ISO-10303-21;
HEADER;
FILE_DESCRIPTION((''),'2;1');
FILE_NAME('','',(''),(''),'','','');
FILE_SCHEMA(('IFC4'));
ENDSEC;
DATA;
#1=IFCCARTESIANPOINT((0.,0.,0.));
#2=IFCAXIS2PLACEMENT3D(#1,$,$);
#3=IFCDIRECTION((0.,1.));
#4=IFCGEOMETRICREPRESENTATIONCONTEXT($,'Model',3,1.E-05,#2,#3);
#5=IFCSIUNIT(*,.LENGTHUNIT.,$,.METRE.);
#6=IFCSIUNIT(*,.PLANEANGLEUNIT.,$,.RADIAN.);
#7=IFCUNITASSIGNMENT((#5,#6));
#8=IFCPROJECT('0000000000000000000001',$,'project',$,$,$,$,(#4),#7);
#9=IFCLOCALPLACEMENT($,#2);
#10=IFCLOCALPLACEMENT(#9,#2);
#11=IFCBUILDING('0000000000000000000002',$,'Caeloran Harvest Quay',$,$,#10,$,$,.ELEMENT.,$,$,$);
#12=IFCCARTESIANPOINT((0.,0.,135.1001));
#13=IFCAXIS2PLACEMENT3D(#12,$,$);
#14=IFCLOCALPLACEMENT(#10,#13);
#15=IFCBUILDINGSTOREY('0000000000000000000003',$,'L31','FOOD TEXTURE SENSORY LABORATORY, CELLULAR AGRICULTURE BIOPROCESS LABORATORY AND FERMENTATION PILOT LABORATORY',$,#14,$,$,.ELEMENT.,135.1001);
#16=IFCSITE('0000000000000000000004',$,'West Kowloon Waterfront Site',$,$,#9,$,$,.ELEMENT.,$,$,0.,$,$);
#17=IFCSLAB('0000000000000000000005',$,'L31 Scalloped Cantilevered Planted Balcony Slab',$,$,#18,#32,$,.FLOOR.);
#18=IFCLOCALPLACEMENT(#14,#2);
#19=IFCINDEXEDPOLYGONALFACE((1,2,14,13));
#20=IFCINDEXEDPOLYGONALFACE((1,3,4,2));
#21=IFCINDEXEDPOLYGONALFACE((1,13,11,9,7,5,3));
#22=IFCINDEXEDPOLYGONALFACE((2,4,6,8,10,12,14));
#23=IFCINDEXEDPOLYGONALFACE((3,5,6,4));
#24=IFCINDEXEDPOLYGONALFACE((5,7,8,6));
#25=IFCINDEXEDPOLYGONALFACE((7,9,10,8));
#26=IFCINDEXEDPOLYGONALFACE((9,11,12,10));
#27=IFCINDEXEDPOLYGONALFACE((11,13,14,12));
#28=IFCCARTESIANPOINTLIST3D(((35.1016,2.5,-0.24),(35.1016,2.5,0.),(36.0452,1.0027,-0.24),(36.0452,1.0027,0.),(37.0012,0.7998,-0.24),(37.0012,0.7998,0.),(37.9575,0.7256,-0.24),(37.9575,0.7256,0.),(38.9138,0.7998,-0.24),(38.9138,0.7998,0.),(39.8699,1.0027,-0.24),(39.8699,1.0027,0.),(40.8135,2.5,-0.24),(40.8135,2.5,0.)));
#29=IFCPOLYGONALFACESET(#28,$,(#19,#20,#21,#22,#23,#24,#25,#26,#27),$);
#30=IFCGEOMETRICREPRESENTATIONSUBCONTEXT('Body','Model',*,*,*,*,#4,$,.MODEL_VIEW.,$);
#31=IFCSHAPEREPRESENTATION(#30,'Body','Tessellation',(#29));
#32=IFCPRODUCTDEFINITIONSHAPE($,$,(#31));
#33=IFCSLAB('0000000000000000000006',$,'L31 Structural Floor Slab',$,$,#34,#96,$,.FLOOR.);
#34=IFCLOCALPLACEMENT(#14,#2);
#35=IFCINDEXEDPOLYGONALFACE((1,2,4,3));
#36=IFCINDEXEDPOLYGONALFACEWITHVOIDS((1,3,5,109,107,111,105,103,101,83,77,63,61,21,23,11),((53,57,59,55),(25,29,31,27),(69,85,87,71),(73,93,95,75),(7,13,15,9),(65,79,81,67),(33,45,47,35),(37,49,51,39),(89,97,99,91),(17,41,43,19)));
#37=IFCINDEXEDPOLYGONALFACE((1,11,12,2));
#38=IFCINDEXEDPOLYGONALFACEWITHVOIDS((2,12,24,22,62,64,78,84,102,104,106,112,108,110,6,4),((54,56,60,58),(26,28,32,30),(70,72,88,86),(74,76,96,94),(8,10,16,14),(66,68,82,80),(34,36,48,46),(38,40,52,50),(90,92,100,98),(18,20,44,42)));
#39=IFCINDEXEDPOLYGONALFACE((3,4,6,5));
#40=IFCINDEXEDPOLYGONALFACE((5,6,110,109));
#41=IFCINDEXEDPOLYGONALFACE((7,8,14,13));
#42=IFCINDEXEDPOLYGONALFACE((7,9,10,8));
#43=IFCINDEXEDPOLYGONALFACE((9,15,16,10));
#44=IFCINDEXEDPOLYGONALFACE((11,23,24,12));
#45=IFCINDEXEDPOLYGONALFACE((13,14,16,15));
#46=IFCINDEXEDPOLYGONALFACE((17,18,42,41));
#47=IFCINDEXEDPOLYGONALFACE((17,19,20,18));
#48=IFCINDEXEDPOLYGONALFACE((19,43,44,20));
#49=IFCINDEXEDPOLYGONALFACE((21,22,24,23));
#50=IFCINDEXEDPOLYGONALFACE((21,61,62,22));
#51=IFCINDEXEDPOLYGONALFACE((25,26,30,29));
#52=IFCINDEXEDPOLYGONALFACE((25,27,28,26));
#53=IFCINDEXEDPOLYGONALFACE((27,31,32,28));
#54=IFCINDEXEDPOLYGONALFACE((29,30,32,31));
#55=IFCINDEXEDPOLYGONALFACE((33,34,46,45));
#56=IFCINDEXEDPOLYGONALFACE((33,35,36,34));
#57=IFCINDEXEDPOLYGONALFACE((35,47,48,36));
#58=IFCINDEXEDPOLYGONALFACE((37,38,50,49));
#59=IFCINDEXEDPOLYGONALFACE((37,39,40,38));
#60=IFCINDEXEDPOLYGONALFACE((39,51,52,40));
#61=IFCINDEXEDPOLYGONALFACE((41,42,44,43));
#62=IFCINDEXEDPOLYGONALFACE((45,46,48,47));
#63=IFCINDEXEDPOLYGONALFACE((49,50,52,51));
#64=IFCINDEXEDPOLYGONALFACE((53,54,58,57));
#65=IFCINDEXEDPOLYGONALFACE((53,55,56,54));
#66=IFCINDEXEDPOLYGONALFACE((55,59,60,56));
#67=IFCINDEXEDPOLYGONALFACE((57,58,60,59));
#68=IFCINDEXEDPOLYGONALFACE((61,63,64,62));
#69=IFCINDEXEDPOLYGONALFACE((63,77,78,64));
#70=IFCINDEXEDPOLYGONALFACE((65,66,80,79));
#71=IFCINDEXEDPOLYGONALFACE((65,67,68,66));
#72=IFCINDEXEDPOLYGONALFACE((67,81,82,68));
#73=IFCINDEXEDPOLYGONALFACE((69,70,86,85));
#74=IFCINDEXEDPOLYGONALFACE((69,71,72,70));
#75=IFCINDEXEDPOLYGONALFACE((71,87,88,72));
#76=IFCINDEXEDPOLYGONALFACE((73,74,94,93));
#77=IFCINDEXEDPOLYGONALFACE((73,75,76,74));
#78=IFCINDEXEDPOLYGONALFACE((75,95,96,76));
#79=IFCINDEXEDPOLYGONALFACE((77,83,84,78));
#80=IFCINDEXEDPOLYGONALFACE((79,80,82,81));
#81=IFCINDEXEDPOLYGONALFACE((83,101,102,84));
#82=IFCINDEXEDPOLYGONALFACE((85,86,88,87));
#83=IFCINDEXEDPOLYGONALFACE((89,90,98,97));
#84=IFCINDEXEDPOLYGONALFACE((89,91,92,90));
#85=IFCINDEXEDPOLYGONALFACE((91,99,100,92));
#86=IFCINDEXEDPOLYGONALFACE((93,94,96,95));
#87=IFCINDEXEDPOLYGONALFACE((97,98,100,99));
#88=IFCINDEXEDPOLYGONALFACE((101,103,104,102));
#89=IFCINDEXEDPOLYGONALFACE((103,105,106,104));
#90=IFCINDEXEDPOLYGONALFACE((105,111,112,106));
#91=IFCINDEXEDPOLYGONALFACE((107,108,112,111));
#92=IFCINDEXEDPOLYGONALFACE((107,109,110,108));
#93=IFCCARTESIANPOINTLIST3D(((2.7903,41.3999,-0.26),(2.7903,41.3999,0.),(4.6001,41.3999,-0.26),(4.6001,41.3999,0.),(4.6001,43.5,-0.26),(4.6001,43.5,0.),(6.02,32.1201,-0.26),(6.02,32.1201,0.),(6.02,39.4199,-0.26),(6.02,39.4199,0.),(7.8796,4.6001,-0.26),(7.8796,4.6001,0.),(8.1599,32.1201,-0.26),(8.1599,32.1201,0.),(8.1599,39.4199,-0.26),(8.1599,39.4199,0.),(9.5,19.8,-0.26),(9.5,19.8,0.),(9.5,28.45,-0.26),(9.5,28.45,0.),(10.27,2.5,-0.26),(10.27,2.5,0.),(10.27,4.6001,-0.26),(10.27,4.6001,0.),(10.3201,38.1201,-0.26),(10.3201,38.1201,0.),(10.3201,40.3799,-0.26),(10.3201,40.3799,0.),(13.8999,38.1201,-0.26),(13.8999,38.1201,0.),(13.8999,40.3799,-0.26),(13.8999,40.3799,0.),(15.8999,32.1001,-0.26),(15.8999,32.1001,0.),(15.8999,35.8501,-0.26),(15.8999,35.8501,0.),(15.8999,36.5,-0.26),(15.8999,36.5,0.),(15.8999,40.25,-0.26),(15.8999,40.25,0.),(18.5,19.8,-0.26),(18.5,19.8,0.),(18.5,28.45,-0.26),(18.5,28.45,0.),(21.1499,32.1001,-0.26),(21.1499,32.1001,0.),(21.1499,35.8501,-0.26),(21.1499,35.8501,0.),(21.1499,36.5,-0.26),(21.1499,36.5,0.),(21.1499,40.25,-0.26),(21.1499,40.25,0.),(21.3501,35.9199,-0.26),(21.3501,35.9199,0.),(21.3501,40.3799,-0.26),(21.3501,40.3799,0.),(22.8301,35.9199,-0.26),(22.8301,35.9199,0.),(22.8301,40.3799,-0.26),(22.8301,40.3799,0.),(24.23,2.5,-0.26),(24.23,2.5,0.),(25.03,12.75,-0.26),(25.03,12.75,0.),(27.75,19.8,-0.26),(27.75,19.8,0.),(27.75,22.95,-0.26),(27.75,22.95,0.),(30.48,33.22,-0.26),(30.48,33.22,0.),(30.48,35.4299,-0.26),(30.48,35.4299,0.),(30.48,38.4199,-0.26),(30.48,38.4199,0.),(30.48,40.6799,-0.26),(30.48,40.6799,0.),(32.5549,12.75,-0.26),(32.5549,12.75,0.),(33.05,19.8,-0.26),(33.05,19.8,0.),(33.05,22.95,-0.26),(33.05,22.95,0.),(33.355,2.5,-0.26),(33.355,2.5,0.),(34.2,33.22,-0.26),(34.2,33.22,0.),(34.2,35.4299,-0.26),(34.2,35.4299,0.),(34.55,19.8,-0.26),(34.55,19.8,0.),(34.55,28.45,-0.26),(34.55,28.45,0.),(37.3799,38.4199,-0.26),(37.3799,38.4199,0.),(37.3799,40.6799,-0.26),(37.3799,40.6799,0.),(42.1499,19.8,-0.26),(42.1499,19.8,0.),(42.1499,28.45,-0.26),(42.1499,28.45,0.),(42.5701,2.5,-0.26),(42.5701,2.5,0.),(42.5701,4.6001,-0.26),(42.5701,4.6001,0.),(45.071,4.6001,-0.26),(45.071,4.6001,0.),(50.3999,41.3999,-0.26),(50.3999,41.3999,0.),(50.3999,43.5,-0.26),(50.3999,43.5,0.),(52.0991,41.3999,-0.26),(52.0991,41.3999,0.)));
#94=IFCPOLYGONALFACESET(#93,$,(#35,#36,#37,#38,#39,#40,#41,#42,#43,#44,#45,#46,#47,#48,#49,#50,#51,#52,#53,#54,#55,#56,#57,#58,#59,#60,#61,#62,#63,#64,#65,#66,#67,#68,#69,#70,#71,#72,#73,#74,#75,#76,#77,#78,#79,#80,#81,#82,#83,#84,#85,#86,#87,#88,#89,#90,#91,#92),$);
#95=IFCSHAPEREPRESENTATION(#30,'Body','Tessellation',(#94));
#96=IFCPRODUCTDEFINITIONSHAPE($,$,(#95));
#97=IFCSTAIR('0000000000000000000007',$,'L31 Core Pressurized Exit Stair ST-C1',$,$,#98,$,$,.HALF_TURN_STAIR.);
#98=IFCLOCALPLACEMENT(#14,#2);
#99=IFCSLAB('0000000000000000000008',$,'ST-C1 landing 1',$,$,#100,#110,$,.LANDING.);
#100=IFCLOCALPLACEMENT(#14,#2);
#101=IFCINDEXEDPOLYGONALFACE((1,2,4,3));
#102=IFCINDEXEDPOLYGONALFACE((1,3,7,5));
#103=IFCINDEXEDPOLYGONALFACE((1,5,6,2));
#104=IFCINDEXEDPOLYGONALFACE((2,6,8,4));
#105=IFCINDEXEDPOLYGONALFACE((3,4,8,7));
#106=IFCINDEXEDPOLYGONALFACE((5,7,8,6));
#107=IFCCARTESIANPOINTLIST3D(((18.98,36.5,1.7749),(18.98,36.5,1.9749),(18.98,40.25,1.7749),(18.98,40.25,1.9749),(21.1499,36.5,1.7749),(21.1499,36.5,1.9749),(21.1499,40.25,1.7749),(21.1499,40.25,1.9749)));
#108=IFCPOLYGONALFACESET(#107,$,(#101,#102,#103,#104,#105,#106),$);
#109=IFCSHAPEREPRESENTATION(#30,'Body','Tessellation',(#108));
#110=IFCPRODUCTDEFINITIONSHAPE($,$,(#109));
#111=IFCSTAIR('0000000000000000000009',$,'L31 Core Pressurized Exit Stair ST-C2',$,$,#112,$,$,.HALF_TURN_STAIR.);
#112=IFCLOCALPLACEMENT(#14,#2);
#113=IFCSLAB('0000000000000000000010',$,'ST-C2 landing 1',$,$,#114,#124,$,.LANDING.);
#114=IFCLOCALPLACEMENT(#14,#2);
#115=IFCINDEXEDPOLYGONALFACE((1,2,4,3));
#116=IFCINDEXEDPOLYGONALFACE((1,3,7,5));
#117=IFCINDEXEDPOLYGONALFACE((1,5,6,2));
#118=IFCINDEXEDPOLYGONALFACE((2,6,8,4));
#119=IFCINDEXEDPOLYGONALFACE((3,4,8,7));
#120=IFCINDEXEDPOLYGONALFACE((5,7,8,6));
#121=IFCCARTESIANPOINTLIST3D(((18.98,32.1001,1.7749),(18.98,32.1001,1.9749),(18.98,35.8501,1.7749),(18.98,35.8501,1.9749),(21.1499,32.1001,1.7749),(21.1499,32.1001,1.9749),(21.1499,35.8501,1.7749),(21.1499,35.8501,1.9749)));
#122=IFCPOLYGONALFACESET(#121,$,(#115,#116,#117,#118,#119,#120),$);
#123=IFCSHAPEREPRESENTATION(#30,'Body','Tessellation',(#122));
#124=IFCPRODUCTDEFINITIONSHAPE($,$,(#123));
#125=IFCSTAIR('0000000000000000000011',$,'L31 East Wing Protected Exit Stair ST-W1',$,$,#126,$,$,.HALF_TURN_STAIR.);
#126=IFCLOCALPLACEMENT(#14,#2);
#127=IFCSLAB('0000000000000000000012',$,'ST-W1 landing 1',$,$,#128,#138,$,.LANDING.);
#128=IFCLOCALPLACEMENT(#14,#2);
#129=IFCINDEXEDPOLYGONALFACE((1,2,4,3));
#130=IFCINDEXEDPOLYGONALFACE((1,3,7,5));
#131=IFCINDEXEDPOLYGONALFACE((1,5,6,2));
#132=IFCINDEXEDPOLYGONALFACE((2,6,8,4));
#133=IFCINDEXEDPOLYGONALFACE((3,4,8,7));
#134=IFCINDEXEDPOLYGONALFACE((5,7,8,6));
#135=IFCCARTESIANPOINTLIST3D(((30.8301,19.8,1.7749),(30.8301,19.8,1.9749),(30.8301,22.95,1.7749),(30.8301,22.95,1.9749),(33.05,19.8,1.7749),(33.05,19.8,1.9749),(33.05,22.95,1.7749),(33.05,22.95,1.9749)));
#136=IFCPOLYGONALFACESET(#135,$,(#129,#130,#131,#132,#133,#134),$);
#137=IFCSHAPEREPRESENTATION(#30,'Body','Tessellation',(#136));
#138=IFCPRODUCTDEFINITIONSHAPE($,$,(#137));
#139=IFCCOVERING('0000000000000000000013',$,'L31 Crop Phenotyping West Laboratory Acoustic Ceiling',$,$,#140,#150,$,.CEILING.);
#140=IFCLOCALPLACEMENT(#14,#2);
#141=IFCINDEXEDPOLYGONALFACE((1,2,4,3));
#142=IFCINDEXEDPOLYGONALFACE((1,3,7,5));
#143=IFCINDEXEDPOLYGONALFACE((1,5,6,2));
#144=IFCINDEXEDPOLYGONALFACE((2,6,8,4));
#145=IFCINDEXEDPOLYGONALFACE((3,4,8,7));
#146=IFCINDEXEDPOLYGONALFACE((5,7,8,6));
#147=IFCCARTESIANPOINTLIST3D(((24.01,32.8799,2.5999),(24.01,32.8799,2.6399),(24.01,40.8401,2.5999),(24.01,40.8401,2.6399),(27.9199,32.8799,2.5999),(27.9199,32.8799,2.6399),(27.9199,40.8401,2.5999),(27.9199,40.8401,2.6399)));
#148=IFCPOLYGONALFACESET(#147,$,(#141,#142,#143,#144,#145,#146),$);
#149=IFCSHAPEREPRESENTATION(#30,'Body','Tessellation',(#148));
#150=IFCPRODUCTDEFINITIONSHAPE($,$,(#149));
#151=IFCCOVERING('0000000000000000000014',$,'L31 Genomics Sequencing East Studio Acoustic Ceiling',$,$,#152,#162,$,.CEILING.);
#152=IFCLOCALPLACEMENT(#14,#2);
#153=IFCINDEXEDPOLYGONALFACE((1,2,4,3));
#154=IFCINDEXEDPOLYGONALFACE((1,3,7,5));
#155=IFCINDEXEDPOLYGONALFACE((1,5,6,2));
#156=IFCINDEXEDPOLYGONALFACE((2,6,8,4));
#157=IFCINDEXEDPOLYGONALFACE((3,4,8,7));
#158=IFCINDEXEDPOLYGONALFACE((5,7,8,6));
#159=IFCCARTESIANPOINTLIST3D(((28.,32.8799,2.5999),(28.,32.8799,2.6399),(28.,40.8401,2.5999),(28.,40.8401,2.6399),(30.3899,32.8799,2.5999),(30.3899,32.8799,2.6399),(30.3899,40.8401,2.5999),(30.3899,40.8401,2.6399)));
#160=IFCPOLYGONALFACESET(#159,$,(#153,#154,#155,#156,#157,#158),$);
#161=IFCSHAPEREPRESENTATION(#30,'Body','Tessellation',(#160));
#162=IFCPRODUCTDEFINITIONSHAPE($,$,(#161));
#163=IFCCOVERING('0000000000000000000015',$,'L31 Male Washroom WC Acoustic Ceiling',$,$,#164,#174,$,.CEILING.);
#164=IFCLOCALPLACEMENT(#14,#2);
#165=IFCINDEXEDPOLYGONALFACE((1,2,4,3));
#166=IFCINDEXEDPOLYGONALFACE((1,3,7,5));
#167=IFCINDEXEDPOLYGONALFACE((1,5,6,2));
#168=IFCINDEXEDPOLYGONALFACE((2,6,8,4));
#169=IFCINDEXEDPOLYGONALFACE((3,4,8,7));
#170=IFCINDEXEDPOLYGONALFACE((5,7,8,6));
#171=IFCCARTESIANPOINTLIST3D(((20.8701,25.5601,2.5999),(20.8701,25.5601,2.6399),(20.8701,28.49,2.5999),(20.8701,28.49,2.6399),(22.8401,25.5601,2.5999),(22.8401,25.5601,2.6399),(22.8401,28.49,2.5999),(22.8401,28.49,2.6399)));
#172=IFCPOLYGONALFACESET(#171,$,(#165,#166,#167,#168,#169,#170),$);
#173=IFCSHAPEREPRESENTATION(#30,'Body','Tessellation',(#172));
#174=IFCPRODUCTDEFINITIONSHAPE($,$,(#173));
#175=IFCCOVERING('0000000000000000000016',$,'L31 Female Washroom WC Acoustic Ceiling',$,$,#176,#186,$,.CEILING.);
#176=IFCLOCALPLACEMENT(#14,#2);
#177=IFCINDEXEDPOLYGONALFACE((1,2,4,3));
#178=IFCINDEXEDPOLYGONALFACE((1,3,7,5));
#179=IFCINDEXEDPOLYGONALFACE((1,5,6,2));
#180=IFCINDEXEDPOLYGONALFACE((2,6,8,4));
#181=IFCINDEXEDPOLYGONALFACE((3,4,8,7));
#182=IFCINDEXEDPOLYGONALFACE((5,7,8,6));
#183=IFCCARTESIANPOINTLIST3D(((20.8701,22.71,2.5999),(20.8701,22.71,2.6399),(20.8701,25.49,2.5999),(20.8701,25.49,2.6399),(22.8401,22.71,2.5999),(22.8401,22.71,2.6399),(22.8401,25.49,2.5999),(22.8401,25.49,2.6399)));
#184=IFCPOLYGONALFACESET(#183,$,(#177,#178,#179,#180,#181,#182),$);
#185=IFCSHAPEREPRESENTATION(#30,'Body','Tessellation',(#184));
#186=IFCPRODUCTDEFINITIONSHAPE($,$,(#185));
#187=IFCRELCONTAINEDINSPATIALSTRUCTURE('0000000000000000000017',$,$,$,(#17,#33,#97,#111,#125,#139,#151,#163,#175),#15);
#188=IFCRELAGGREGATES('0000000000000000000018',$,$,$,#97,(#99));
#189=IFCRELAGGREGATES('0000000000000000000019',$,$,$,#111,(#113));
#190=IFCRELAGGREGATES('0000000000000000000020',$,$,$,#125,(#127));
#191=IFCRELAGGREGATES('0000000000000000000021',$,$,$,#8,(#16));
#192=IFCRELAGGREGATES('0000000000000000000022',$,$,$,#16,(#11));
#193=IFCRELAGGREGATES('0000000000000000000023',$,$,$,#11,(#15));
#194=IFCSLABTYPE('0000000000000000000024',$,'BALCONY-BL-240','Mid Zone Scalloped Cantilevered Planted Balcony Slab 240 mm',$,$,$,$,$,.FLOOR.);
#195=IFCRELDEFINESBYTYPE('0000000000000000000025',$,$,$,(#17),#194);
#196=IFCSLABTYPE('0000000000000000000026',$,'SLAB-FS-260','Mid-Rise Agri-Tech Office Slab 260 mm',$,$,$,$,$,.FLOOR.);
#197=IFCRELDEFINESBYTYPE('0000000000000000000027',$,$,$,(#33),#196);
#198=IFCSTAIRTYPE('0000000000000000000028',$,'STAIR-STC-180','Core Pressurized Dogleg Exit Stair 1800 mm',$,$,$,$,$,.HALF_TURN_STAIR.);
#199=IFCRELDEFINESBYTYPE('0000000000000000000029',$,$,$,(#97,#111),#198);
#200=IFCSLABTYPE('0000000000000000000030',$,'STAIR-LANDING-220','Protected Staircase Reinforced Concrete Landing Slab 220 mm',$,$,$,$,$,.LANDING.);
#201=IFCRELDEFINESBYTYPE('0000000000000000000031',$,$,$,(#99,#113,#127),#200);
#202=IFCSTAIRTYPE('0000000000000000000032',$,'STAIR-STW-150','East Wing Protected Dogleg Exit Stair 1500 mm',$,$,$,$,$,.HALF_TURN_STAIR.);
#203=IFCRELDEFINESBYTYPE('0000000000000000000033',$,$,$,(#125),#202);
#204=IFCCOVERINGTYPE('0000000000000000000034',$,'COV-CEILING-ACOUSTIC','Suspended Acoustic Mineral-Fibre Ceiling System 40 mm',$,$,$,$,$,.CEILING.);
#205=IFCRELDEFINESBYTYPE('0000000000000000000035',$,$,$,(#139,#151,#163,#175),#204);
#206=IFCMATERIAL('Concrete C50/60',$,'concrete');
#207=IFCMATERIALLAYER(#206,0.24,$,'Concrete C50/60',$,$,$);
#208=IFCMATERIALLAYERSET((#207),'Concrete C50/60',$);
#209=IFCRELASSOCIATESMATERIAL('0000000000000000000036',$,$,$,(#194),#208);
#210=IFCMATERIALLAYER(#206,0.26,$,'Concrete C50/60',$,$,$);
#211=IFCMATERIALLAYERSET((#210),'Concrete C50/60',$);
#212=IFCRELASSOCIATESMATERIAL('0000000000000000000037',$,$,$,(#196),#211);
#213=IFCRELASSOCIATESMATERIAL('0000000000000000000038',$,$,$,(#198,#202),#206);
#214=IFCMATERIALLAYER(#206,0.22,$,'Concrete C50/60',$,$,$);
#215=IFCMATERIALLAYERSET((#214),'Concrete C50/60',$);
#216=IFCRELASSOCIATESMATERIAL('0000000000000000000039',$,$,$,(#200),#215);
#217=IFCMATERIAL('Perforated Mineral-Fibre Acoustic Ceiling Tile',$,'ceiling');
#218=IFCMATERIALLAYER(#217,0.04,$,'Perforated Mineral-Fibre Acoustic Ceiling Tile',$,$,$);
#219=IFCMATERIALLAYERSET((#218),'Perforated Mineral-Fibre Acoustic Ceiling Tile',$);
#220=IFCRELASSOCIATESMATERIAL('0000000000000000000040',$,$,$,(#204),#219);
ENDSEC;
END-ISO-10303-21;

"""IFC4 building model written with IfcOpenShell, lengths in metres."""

from ifc_helpers import new_model, si_unit, direction, frame, origin, place, context, subcontext, project, spatial, polyline, outline, extrude, material, layer, layer_set, type_object, element, aggregate, save


model = new_model("IFC4")

# Units and contexts
model_context = context("Model", 3, precision=1e-05, world=origin(), true_north=direction((0.0, 1.0)))
body_context = subcontext(model_context, "Body", "Model", "MODEL_VIEW")
ifc_project = project(units=[si_unit("LENGTHUNIT", "METRE"), si_unit("PLANEANGLEUNIT", "RADIAN")], contexts=[model_context])

# Site, building, storey
site_placement = place(None, origin())
site = spatial("IfcSite", under=ifc_project, at=site_placement, Name="West Kowloon Waterfront Site", CompositionType="ELEMENT", RefElevation=0.0)
building_placement = place(site_placement, origin())
building = spatial("IfcBuilding", under=site, at=building_placement, Name="Caeloran Harvest Quay", CompositionType="ELEMENT")
storey_placement = place(building_placement, frame((0.0, 0.0, 135.1001)))
storey = spatial("IfcBuildingStorey", under=building, at=storey_placement, Name="L31", Description="FOOD TEXTURE SENSORY LABORATORY, CELLULAR AGRICULTURE BIOPROCESS LABORATORY AND FERMENTATION PILOT LABORATORY", CompositionType="ELEMENT", Elevation=135.1001)

# Slabs
ifc_material_1 = material(Name="Concrete C50/60", Category="concrete")
ifc_layer_1 = layer(ifc_material_1, 0.24, Name="Concrete C50/60")
ifc_layer_set_1 = layer_set([ifc_layer_1], Name="Concrete C50/60")
slab_type_1 = type_object("IfcSlabType", Name="BALCONY-BL-240", Description="Mid Zone Scalloped Cantilevered Planted Balcony Slab 240 mm", PredefinedType="FLOOR", material=ifc_layer_set_1)
slab_1_placement = place(storey_placement, frame((0.0, 0.0, -0.24)))
element("IfcSlab", 1, at=slab_1_placement, inside=storey, type_object=slab_type_1, Name="L31 Scalloped Cantilevered Planted Balcony Slab", PredefinedType="FLOOR", context=body_context, shape_type="SweptSolid", body=[
    extrude(outline(polyline([(39.8699, 1.0027), (38.9138, 0.7998), (37.9575, 0.7256), (37.0012, 0.7998), (36.0452, 1.0027), (35.1016, 2.5), (40.8135, 2.5), (39.8699, 1.0027)])), origin(), (0.0, 0.0, 1.0), 0.24),
])
ifc_layer_2 = layer(ifc_material_1, 0.26, Name="Concrete C50/60")
ifc_layer_set_2 = layer_set([ifc_layer_2], Name="Concrete C50/60")
slab_type_2 = type_object("IfcSlabType", Name="SLAB-FS-260", Description="Mid-Rise Agri-Tech Office Slab 260 mm", PredefinedType="FLOOR", material=ifc_layer_set_2)
slab_2_placement = place(storey_placement, frame((0.0, 0.0, -0.26)))
element("IfcSlab", 2, at=slab_2_placement, inside=storey, type_object=slab_type_2, Name="L31 Structural Floor Slab", PredefinedType="FLOOR", context=body_context, shape_type="SweptSolid", body=[
    extrude(outline(polyline([(10.27, 2.5), (24.23, 2.5), (25.03, 12.75), (32.5549, 12.75), (33.355, 2.5), (42.5701, 2.5), (42.5701, 4.6001), (45.071, 4.6001), (52.0991, 41.3999), (50.3999, 41.3999), (50.3999, 43.5), (4.6001, 43.5), (4.6001, 41.3999), (2.7903, 41.3999), (7.8796, 4.6001), (10.27, 4.6001), (10.27, 2.5)]), holes=[polyline([(27.75, 19.8), (27.75, 22.95), (33.05, 22.95), (33.05, 19.8), (27.75, 19.8)]), polyline([(18.5, 19.8), (9.5, 19.8), (9.5, 28.45), (18.5, 28.45), (18.5, 19.8)]), polyline([(42.1499, 19.8), (34.55, 19.8), (34.55, 28.45), (42.1499, 28.45), (42.1499, 19.8)]), polyline([(15.8999, 35.8501), (21.1499, 35.8501), (21.1499, 32.1001), (15.8999, 32.1001), (15.8999, 35.8501)]), polyline([(30.48, 33.22), (30.48, 35.4299), (34.2, 35.4299), (34.2, 33.22), (30.48, 33.22)]), polyline([(8.1599, 32.1201), (6.02, 32.1201), (6.02, 39.4199), (8.1599, 39.4199), (8.1599, 32.1201)]), polyline([(22.8301, 35.9199), (21.3501, 35.9199), (21.3501, 40.3799), (22.8301, 40.3799), (22.8301, 35.9199)]), polyline([(15.8999, 36.5), (15.8999, 40.25), (21.1499, 40.25), (21.1499, 36.5), (15.8999, 36.5)]), polyline([(10.3201, 38.1201), (10.3201, 40.3799), (13.8999, 40.3799), (13.8999, 38.1201), (10.3201, 38.1201)]), polyline([(30.48, 38.4199), (30.48, 40.6799), (37.3799, 40.6799), (37.3799, 38.4199), (30.48, 38.4199)])]), origin(), (0.0, 0.0, 1.0), 0.26),
])

# Stairs, slabs
stair_type_1 = type_object("IfcStairType", Name="STAIR-STC-180", Description="Core Pressurized Dogleg Exit Stair 1800 mm", PredefinedType="HALF_TURN_STAIR", material=ifc_material_1)
stair_1_placement = place(storey_placement, origin())
stair_1 = element("IfcStair", 3, at=stair_1_placement, inside=storey, type_object=stair_type_1, Name="L31 Core Pressurized Exit Stair ST-C1", PredefinedType="HALF_TURN_STAIR")
ifc_layer_3 = layer(ifc_material_1, 0.22, Name="Concrete C50/60")
ifc_layer_set_3 = layer_set([ifc_layer_3], Name="Concrete C50/60")
slab_type_3 = type_object("IfcSlabType", Name="STAIR-LANDING-220", Description="Protected Staircase Reinforced Concrete Landing Slab 220 mm", PredefinedType="LANDING", material=ifc_layer_set_3)
slab_3_placement = place(storey_placement, frame((0.0, 0.0, 1.7749)))
slab_3 = element("IfcSlab", 4, at=slab_3_placement, type_object=slab_type_3, Name="ST-C1 landing 1", PredefinedType="LANDING", context=body_context, shape_type="SweptSolid", body=[
    extrude(outline(polyline([(18.98, 36.5), (21.1499, 36.5), (21.1499, 40.25), (18.98, 40.25), (18.98, 36.5)])), origin(), (0.0, 0.0, 1.0), 0.2),
])
aggregate(stair_1, [slab_3])
stair_2_placement = place(storey_placement, origin())
stair_2 = element("IfcStair", 5, at=stair_2_placement, inside=storey, type_object=stair_type_1, Name="L31 Core Pressurized Exit Stair ST-C2", PredefinedType="HALF_TURN_STAIR")
slab_4_placement = place(storey_placement, frame((0.0, 0.0, 1.7749)))
slab_4 = element("IfcSlab", 6, at=slab_4_placement, type_object=slab_type_3, Name="ST-C2 landing 1", PredefinedType="LANDING", context=body_context, shape_type="SweptSolid", body=[
    extrude(outline(polyline([(18.98, 32.1001), (21.1499, 32.1001), (21.1499, 35.8501), (18.98, 35.8501), (18.98, 32.1001)])), origin(), (0.0, 0.0, 1.0), 0.2),
])
aggregate(stair_2, [slab_4])
stair_type_2 = type_object("IfcStairType", Name="STAIR-STW-150", Description="East Wing Protected Dogleg Exit Stair 1500 mm", PredefinedType="HALF_TURN_STAIR", material=ifc_material_1)
stair_3_placement = place(storey_placement, origin())
stair_3 = element("IfcStair", 7, at=stair_3_placement, inside=storey, type_object=stair_type_2, Name="L31 East Wing Protected Exit Stair ST-W1", PredefinedType="HALF_TURN_STAIR")
slab_5_placement = place(storey_placement, frame((0.0, 0.0, 1.7749)))
slab_5 = element("IfcSlab", 8, at=slab_5_placement, type_object=slab_type_3, Name="ST-W1 landing 1", PredefinedType="LANDING", context=body_context, shape_type="SweptSolid", body=[
    extrude(outline(polyline([(30.8301, 19.8), (33.05, 19.8), (33.05, 22.95), (30.8301, 22.95), (30.8301, 19.8)])), origin(), (0.0, 0.0, 1.0), 0.2),
])
aggregate(stair_3, [slab_5])

# Coverings
ifc_material_2 = material(Name="Perforated Mineral-Fibre Acoustic Ceiling Tile", Category="ceiling")
ifc_layer_4 = layer(ifc_material_2, 0.04, Name="Perforated Mineral-Fibre Acoustic Ceiling Tile")
ifc_layer_set_4 = layer_set([ifc_layer_4], Name="Perforated Mineral-Fibre Acoustic Ceiling Tile")
covering_type_1 = type_object("IfcCoveringType", Name="COV-CEILING-ACOUSTIC", Description="Suspended Acoustic Mineral-Fibre Ceiling System 40 mm", PredefinedType="CEILING", material=ifc_layer_set_4)
covering_1_placement = place(storey_placement, frame((0.0, 0.0, 2.5999)))
element("IfcCovering", 9, at=covering_1_placement, inside=storey, type_object=covering_type_1, Name="L31 Crop Phenotyping West Laboratory Acoustic Ceiling", PredefinedType="CEILING", context=body_context, shape_type="SweptSolid", body=[
    extrude(outline(polyline([(27.9199, 40.8401), (27.9199, 32.8799), (24.01, 32.8799), (24.01, 40.8401), (27.9199, 40.8401)])), origin(), (0.0, 0.0, 1.0), 0.04),
])
covering_2_placement = place(storey_placement, frame((0.0, 0.0, 2.5999)))
element("IfcCovering", 10, at=covering_2_placement, inside=storey, type_object=covering_type_1, Name="L31 Genomics Sequencing East Studio Acoustic Ceiling", PredefinedType="CEILING", context=body_context, shape_type="SweptSolid", body=[
    extrude(outline(polyline([(30.3899, 40.8401), (30.3899, 32.8799), (28.0, 32.8799), (28.0, 40.8401), (30.3899, 40.8401)])), origin(), (0.0, 0.0, 1.0), 0.04),
])
covering_3_placement = place(storey_placement, frame((0.0, 0.0, 2.5999)))
element("IfcCovering", 11, at=covering_3_placement, inside=storey, type_object=covering_type_1, Name="L31 Male Washroom WC Acoustic Ceiling", PredefinedType="CEILING", context=body_context, shape_type="SweptSolid", body=[
    extrude(outline(polyline([(22.8401, 25.5601), (20.8701, 25.5601), (20.8701, 28.49), (22.8401, 28.49), (22.8401, 25.5601)])), origin(), (0.0, 0.0, 1.0), 0.04),
])
covering_4_placement = place(storey_placement, frame((0.0, 0.0, 2.5999)))
element("IfcCovering", 12, at=covering_4_placement, inside=storey, type_object=covering_type_1, Name="L31 Female Washroom WC Acoustic Ceiling", PredefinedType="CEILING", context=body_context, shape_type="SweptSolid", body=[
    extrude(outline(polyline([(22.8401, 22.71), (20.8701, 22.71), (20.8701, 25.49), (22.8401, 25.49), (22.8401, 22.71)])), origin(), (0.0, 0.0, 1.0), 0.04),
])

save(model, "model.ifc")
